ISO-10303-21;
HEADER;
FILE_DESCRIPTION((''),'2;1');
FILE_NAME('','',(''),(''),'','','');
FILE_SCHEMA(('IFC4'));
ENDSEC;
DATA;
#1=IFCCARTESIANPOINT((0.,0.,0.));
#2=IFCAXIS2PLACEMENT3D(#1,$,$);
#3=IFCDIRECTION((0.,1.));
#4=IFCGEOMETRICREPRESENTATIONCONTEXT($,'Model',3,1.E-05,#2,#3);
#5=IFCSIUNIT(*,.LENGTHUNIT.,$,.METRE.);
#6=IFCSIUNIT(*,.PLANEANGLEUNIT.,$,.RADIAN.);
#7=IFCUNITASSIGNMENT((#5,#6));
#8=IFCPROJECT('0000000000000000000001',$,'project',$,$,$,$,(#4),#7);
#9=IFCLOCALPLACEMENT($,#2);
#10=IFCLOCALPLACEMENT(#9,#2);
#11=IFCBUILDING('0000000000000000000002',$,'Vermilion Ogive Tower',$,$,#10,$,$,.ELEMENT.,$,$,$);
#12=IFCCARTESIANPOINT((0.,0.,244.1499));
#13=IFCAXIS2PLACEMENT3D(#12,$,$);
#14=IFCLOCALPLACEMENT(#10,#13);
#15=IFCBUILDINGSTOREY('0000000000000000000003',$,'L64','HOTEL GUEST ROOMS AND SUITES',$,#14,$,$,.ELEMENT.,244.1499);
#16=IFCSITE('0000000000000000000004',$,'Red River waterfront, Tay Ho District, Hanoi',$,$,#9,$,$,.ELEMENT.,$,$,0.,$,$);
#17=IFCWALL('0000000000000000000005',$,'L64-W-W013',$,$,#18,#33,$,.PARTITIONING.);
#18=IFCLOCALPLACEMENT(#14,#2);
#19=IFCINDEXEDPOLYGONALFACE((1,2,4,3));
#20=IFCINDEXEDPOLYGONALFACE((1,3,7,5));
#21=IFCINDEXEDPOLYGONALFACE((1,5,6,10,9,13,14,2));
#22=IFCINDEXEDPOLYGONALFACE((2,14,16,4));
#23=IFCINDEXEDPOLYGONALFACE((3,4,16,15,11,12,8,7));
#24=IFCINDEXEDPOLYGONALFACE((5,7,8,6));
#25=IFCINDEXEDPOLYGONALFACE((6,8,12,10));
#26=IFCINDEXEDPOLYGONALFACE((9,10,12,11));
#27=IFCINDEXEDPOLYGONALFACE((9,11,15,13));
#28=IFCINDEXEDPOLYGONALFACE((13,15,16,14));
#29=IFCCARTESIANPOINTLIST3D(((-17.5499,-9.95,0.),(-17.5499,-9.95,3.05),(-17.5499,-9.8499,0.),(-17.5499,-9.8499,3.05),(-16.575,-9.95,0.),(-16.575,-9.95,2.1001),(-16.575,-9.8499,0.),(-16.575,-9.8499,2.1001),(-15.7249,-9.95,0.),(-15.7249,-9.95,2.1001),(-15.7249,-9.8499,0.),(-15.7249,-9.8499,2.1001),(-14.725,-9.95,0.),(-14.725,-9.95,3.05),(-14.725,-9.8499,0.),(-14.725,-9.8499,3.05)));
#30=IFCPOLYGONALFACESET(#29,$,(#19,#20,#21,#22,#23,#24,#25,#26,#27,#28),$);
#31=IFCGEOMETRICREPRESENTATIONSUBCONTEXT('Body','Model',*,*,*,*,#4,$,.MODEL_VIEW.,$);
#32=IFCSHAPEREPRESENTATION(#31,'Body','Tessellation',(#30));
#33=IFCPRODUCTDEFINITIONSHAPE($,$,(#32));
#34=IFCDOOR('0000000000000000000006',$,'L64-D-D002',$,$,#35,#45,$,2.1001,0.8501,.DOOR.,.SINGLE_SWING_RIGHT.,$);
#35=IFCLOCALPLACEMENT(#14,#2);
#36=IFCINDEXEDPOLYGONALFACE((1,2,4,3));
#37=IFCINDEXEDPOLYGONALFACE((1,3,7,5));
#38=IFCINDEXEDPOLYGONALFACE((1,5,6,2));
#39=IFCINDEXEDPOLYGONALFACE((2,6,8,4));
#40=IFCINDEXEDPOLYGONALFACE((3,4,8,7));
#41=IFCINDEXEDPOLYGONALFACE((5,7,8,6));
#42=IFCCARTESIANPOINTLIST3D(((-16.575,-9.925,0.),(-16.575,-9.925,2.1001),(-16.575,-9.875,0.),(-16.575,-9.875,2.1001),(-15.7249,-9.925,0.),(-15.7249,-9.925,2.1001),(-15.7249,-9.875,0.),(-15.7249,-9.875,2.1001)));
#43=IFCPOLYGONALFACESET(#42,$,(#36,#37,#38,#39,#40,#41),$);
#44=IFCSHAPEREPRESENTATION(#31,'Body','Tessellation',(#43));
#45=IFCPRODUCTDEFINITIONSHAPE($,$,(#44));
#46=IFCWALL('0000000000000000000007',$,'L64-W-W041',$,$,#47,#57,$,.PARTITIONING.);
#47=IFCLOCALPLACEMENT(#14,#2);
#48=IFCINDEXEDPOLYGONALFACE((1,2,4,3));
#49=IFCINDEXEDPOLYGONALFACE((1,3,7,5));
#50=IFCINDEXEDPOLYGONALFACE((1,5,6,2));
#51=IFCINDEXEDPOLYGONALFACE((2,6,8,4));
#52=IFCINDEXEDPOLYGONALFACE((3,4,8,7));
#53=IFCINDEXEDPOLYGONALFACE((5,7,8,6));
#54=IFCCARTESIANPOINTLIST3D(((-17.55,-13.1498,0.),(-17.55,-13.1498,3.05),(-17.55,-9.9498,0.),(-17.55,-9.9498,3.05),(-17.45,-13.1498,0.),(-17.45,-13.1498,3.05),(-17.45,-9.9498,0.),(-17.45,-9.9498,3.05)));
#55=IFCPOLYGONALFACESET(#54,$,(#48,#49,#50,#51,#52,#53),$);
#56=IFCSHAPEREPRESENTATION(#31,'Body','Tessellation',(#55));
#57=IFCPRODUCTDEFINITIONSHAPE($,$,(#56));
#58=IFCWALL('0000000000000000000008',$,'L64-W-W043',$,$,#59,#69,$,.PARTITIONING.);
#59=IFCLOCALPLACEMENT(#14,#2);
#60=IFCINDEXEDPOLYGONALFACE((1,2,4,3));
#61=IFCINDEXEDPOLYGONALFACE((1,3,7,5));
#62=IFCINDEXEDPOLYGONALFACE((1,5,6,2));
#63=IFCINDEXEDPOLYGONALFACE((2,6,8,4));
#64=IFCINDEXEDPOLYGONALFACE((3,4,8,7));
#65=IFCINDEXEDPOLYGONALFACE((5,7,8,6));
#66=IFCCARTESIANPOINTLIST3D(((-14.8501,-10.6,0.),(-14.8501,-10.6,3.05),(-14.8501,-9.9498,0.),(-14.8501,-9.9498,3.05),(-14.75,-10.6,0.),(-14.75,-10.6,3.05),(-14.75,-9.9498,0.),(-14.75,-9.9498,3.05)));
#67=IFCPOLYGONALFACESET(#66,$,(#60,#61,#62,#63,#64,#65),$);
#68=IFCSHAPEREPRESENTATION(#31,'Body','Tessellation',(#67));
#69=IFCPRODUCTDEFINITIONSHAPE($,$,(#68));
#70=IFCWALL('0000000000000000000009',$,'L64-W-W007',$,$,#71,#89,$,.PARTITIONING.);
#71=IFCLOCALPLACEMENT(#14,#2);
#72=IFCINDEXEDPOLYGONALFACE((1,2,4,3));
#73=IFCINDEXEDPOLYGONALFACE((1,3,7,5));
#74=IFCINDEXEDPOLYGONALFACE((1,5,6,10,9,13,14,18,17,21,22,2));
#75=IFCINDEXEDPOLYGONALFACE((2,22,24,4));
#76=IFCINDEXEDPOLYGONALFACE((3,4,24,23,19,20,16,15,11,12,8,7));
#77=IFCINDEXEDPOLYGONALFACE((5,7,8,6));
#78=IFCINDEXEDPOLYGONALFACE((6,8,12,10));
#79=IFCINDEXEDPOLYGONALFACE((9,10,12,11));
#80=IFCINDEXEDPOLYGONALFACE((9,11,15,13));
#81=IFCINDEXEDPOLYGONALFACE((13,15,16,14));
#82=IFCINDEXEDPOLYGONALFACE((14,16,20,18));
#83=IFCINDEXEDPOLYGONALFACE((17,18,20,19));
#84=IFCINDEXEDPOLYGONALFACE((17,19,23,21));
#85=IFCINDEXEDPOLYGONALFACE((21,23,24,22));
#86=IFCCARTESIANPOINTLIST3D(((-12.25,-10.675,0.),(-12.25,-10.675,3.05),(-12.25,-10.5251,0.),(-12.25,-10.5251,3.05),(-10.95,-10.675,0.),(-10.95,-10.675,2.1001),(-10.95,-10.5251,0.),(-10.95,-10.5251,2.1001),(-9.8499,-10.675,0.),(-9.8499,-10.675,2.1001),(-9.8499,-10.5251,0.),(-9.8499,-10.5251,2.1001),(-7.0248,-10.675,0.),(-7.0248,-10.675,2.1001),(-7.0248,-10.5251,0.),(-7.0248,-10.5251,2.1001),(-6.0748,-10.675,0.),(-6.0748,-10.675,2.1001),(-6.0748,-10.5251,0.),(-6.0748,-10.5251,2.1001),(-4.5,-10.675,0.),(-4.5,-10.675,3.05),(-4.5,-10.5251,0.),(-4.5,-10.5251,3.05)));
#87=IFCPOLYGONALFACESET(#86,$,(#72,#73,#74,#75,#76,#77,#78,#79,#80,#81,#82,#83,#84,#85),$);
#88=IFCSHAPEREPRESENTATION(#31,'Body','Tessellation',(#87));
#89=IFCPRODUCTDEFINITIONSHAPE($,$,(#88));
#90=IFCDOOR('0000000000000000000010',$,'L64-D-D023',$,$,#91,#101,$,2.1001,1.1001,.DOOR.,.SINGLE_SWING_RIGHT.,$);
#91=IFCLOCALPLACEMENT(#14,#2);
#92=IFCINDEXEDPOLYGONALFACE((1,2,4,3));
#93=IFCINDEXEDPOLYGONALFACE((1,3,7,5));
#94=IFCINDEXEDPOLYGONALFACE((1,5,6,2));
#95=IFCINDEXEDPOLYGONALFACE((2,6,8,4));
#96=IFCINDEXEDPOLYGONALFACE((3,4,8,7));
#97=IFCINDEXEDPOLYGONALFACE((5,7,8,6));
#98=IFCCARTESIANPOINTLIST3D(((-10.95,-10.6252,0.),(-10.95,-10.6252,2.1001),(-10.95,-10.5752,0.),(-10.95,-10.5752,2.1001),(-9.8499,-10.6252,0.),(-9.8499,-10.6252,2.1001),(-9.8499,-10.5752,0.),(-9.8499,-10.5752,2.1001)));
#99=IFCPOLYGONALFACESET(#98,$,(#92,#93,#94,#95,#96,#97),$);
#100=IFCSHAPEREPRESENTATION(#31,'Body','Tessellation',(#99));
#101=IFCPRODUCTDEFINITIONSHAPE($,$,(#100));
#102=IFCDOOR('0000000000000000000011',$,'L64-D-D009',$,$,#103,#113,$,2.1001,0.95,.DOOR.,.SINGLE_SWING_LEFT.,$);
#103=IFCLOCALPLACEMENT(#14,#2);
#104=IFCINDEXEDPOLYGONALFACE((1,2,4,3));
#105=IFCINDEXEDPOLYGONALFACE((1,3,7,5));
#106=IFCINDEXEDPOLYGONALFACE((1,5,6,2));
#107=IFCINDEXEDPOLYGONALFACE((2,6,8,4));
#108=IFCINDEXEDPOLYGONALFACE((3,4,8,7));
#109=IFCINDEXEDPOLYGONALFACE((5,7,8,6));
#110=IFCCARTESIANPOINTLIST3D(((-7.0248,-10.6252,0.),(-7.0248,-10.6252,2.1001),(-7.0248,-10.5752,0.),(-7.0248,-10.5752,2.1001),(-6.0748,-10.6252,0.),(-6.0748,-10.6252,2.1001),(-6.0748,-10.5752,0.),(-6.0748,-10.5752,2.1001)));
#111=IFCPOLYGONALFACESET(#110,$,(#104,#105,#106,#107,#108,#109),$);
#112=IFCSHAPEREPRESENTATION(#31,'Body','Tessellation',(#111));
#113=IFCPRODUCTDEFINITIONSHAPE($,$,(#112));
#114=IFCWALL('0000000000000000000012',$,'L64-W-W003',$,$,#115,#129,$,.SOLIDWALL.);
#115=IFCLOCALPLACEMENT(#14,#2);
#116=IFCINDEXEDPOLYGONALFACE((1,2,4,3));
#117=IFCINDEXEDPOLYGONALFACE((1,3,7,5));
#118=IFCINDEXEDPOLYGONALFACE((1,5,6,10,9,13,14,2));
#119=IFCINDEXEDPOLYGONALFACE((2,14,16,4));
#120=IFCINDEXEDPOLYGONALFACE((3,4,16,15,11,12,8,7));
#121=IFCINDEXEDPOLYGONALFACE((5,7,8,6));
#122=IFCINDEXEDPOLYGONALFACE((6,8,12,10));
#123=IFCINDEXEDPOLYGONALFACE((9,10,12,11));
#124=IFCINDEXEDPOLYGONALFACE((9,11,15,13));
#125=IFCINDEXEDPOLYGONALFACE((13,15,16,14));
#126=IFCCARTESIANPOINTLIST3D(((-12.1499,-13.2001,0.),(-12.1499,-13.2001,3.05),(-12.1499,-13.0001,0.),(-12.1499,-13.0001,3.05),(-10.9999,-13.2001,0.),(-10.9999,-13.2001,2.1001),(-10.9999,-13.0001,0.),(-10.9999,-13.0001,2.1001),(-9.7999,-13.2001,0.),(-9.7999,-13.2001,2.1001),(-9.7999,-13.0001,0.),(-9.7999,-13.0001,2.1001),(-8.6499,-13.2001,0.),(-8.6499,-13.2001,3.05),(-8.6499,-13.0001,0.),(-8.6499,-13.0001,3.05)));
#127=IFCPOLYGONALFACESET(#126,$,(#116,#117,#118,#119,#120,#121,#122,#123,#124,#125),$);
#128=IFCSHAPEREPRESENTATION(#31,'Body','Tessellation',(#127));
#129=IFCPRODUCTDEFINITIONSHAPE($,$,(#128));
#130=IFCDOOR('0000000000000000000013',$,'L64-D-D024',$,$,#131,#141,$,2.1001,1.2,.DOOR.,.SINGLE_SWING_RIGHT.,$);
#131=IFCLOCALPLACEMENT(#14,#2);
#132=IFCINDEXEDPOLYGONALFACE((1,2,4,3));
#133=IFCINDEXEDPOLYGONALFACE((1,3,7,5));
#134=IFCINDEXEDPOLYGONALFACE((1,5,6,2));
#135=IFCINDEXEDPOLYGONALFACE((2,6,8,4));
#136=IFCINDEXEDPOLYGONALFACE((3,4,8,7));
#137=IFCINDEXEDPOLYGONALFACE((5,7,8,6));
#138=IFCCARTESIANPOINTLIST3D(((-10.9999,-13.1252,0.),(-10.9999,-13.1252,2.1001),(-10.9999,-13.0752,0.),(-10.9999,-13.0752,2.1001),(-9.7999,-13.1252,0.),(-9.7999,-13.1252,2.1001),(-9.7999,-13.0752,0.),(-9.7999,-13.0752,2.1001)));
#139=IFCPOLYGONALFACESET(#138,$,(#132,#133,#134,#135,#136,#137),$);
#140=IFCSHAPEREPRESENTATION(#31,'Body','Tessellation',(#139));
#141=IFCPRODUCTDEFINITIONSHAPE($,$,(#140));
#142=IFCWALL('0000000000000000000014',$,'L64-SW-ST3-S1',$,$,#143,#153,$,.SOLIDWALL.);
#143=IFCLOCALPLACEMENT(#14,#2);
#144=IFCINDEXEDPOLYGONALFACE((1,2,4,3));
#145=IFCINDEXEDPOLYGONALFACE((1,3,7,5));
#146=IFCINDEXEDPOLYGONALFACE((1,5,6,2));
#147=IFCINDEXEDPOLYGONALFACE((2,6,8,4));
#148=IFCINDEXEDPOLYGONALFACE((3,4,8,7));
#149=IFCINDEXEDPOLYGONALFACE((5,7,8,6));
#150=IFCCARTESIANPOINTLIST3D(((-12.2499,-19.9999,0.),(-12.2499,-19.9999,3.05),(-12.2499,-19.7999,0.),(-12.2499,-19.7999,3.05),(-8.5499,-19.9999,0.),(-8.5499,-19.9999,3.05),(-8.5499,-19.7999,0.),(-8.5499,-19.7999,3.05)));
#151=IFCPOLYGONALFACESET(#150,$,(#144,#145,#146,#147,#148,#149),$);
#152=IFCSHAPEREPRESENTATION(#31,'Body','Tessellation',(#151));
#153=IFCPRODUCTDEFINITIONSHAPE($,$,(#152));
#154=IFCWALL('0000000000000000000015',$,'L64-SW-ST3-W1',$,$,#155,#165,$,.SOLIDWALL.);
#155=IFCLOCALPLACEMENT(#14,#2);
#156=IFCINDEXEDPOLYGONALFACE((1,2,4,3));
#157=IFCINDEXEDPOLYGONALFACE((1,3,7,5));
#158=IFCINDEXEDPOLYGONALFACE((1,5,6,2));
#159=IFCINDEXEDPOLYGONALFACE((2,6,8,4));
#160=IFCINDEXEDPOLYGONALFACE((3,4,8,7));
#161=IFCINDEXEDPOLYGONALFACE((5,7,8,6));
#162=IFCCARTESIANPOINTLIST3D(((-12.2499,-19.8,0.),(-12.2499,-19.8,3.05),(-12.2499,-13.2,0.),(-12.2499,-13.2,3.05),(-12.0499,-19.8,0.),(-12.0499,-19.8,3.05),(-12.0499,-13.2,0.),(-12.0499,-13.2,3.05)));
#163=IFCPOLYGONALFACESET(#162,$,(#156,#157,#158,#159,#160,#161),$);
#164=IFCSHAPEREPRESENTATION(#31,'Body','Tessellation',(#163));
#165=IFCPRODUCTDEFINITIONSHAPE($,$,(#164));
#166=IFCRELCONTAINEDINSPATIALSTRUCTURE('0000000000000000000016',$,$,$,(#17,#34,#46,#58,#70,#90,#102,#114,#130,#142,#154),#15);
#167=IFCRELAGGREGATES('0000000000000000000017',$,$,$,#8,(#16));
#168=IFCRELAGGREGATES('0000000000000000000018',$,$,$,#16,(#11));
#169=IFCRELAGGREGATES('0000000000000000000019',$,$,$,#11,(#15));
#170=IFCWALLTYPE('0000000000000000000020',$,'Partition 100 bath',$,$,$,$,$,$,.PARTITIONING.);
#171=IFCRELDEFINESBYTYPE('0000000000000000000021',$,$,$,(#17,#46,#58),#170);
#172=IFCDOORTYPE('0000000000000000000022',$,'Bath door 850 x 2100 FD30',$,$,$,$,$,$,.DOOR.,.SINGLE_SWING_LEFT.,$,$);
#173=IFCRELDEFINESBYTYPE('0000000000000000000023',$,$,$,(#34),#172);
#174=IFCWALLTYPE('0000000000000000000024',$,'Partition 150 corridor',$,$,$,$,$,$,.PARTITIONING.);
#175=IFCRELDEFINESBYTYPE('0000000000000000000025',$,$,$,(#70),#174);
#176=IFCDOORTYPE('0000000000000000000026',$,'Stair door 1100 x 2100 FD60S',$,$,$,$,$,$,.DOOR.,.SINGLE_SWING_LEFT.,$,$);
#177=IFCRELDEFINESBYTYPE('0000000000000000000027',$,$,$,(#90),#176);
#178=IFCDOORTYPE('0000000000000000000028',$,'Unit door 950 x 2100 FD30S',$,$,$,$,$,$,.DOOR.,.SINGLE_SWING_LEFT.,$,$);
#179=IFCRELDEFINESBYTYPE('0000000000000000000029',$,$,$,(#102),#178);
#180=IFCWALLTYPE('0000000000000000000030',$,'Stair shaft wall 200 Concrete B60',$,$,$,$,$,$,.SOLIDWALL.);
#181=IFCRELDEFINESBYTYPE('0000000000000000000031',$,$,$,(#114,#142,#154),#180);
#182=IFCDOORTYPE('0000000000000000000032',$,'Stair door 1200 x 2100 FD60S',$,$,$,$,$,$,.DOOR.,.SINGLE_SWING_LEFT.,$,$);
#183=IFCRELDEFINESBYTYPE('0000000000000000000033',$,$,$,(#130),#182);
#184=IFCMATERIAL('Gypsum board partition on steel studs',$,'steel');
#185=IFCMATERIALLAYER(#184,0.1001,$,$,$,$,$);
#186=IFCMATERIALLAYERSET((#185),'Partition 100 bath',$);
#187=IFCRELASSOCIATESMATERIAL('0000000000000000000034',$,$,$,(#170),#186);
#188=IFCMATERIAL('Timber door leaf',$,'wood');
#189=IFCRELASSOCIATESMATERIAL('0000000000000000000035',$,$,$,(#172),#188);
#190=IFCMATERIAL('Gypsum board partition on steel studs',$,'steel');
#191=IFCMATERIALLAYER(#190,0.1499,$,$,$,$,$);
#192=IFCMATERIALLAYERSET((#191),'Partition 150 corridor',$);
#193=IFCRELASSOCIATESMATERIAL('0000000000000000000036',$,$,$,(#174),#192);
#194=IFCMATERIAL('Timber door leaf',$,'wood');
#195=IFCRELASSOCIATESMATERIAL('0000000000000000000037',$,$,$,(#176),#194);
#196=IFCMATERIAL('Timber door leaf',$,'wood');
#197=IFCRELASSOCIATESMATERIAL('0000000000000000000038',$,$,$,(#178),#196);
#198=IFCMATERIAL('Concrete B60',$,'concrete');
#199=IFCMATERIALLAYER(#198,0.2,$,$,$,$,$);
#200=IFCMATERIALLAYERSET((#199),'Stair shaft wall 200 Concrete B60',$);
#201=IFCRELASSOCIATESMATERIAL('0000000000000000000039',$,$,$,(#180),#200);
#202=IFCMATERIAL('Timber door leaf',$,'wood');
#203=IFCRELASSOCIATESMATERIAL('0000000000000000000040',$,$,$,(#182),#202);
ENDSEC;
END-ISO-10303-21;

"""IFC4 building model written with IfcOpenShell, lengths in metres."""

from ifc_helpers import new_model, si_unit, direction, frame, frame_2d, origin, place, context, subcontext, project, spatial, rectangle, extrude, material, layer, layer_set, type_object, element, fill, save


model = new_model("IFC4")

# Units and contexts
model_context = context("Model", 3, precision=1e-05, world=origin(), true_north=direction((0.0, 1.0)))
body_context = subcontext(model_context, "Body", "Model", "MODEL_VIEW")
ifc_project = project(units=[si_unit("LENGTHUNIT", "METRE"), si_unit("PLANEANGLEUNIT", "RADIAN")], contexts=[model_context])

# Site, building, storey
site_placement = place(None, origin())
site = spatial("IfcSite", under=ifc_project, at=site_placement, Name="Red River waterfront, Tay Ho District, Hanoi", CompositionType="ELEMENT", RefElevation=0.0)
building_placement = place(site_placement, origin())
building = spatial("IfcBuilding", under=site, at=building_placement, Name="Vermilion Ogive Tower", CompositionType="ELEMENT")
storey_placement = place(building_placement, frame((0.0, 0.0, 244.1499)))
storey = spatial("IfcBuildingStorey", under=building, at=storey_placement, Name="L64", Description="HOTEL GUEST ROOMS AND SUITES", CompositionType="ELEMENT", Elevation=244.1499)

# Wall, opening, door
ifc_material_1 = material(Name="Gypsum board partition on steel studs", Category="steel")
ifc_layer_1 = layer(ifc_material_1, 0.1001)
ifc_layer_set_1 = layer_set([ifc_layer_1], Name="Partition 100 bath")
wall_type_1 = type_object("IfcWallType", Name="Partition 100 bath", PredefinedType="PARTITIONING", material=ifc_layer_set_1)
wall_1_placement = place(storey_placement, frame((-17.55, -9.8999, 0.0), z_axis=(0.0, 0.0, 1.0), x_axis=(1.0, 0.0, 0.0)))
wall_1 = element("IfcWall", 1, at=wall_1_placement, inside=storey, type_object=wall_type_1, Name="L64-W-W013", PredefinedType="PARTITIONING", context=body_context, shape_type="SweptSolid", body=[
    extrude(rectangle(XDim=2.825, YDim=0.1001, at=frame_2d((1.4126, 0.0))), origin(), (0.0, 0.0, 1.0), 3.05),
])
opening_1_placement = place(wall_1_placement, frame((0.9751, 0.0, 0.0)))
opening_1 = element("IfcOpeningElement", 2, at=opening_1_placement, cuts=wall_1, PredefinedType="OPENING", context=body_context, shape_type="SweptSolid", body=[
    extrude(rectangle(XDim=0.8501, YDim=2.1001, at=frame_2d((0.425, 1.05))), frame((0.0, 0.0601, 0.0), z_axis=(0.0, -1.0, 0.0), x_axis=(1.0, 0.0, 0.0)), (0.0, 0.0, 1.0), 0.1201),
])
ifc_material_2 = material(Name="Timber door leaf", Category="wood")
door_type_1 = type_object("IfcDoorType", Name="Bath door 850 x 2100 FD30", OperationType="SINGLE_SWING_LEFT", PredefinedType="DOOR", material=ifc_material_2)
door_1_placement = place(opening_1_placement, origin())
door_1 = element("IfcDoor", 3, at=door_1_placement, inside=storey, type_object=door_type_1, Name="L64-D-D002", OperationType="SINGLE_SWING_RIGHT", OverallHeight=2.1001, OverallWidth=0.8501, PredefinedType="DOOR", context=body_context, shape_type="SweptSolid", body=[
    extrude(rectangle(XDim=0.8501, YDim=2.1001, at=frame_2d((0.425, 1.05))), frame((0.0, 0.0249, 0.0), z_axis=(0.0, -1.0, 0.0), x_axis=(1.0, 0.0, 0.0)), (0.0, 0.0, 1.0), 0.05),
])
fill(opening_1, door_1)

# Walls
wall_2_placement = place(storey_placement, frame((-17.5, -13.1499, 0.0), z_axis=(0.0, 0.0, 1.0), x_axis=(0.0, 1.0, 0.0)))
element("IfcWall", 4, at=wall_2_placement, inside=storey, type_object=wall_type_1, Name="L64-W-W041", PredefinedType="PARTITIONING", context=body_context, shape_type="SweptSolid", body=[
    extrude(rectangle(XDim=3.2, YDim=0.1001, at=frame_2d((1.6001, 0.0))), origin(), (0.0, 0.0, 1.0), 3.05),
])
wall_3_placement = place(storey_placement, frame((-14.8, -10.6001, 0.0), z_axis=(0.0, 0.0, 1.0), x_axis=(0.0, 1.0, 0.0)))
element("IfcWall", 5, at=wall_3_placement, inside=storey, type_object=wall_type_1, Name="L64-W-W043", PredefinedType="PARTITIONING", context=body_context, shape_type="SweptSolid", body=[
    extrude(rectangle(XDim=0.6501, YDim=0.1001, at=frame_2d((0.3252, 0.0))), origin(), (0.0, 0.0, 1.0), 3.05),
])

# Wall, openings, doors
ifc_material_3 = material(Name="Gypsum board partition on steel studs", Category="steel")
ifc_layer_2 = layer(ifc_material_3, 0.1499)
ifc_layer_set_2 = layer_set([ifc_layer_2], Name="Partition 150 corridor")
wall_type_2 = type_object("IfcWallType", Name="Partition 150 corridor", PredefinedType="PARTITIONING", material=ifc_layer_set_2)
wall_4_placement = place(storey_placement, frame((-12.25, -10.6001, 0.0), z_axis=(0.0, 0.0, 1.0), x_axis=(1.0, 0.0, 0.0)))
wall_4 = element("IfcWall", 6, at=wall_4_placement, inside=storey, type_object=wall_type_2, Name="L64-W-W007", PredefinedType="PARTITIONING", context=body_context, shape_type="SweptSolid", body=[
    extrude(rectangle(XDim=7.75, YDim=0.1499, at=frame_2d((3.875, 0.0))), origin(), (0.0, 0.0, 1.0), 3.05),
])
opening_2_placement = place(wall_4_placement, frame((5.2251, 0.0, 0.0)))
opening_2 = element("IfcOpeningElement", 7, at=opening_2_placement, cuts=wall_4, PredefinedType="OPENING", context=body_context, shape_type="SweptSolid", body=[
    extrude(rectangle(XDim=0.95, YDim=2.1001, at=frame_2d((0.4751, 1.05))), frame((0.0, 0.085, 0.0), z_axis=(0.0, -1.0, 0.0), x_axis=(1.0, 0.0, 0.0)), (0.0, 0.0, 1.0), 0.1699),
])
opening_3_placement = place(wall_4_placement, frame((1.3, 0.0, 0.0)))
opening_3 = element("IfcOpeningElement", 8, at=opening_3_placement, cuts=wall_4, PredefinedType="OPENING", context=body_context, shape_type="SweptSolid", body=[
    extrude(rectangle(XDim=1.1001, YDim=2.1001, at=frame_2d((0.55, 1.05))), frame((0.0, 0.085, 0.0), z_axis=(0.0, -1.0, 0.0), x_axis=(1.0, 0.0, 0.0)), (0.0, 0.0, 1.0), 0.1699),
])
ifc_material_4 = material(Name="Timber door leaf", Category="wood")
door_type_2 = type_object("IfcDoorType", Name="Stair door 1100 x 2100 FD60S", OperationType="SINGLE_SWING_LEFT", PredefinedType="DOOR", material=ifc_material_4)
door_2_placement = place(opening_3_placement, origin())
door_2 = element("IfcDoor", 9, at=door_2_placement, inside=storey, type_object=door_type_2, Name="L64-D-D023", OperationType="SINGLE_SWING_RIGHT", OverallHeight=2.1001, OverallWidth=1.1001, PredefinedType="DOOR", context=body_context, shape_type="SweptSolid", body=[
    extrude(rectangle(XDim=1.1001, YDim=2.1001, at=frame_2d((0.55, 1.05))), frame((0.0, 0.0249, 0.0), z_axis=(0.0, -1.0, 0.0), x_axis=(1.0, 0.0, 0.0)), (0.0, 0.0, 1.0), 0.05),
])
fill(opening_3, door_2)
ifc_material_5 = material(Name="Timber door leaf", Category="wood")
door_type_3 = type_object("IfcDoorType", Name="Unit door 950 x 2100 FD30S", OperationType="SINGLE_SWING_LEFT", PredefinedType="DOOR", material=ifc_material_5)
door_3_placement = place(opening_2_placement, origin())
door_3 = element("IfcDoor", 10, at=door_3_placement, inside=storey, type_object=door_type_3, Name="L64-D-D009", OperationType="SINGLE_SWING_LEFT", OverallHeight=2.1001, OverallWidth=0.95, PredefinedType="DOOR", context=body_context, shape_type="SweptSolid", body=[
    extrude(rectangle(XDim=0.95, YDim=2.1001, at=frame_2d((0.4751, 1.05))), frame((0.0, 0.0249, 0.0), z_axis=(0.0, -1.0, 0.0), x_axis=(1.0, 0.0, 0.0)), (0.0, 0.0, 1.0), 0.05),
])
fill(opening_2, door_3)

# Wall, opening, door
ifc_material_6 = material(Name="Concrete B60", Category="concrete")
ifc_layer_3 = layer(ifc_material_6, 0.2)
ifc_layer_set_3 = layer_set([ifc_layer_3], Name="Stair shaft wall 200 Concrete B60")
wall_type_3 = type_object("IfcWallType", Name="Stair shaft wall 200 Concrete B60", PredefinedType="SOLIDWALL", material=ifc_layer_set_3)
wall_5_placement = place(storey_placement, frame((-12.1499, -13.1001, 0.0), z_axis=(0.0, 0.0, 1.0), x_axis=(1.0, 0.0, 0.0)))
wall_5 = element("IfcWall", 11, at=wall_5_placement, inside=storey, type_object=wall_type_3, Name="L64-W-W003", PredefinedType="SOLIDWALL", context=body_context, shape_type="SweptSolid", body=[
    extrude(rectangle(XDim=3.5, YDim=0.2, at=frame_2d((1.75, 0.0))), origin(), (0.0, 0.0, 1.0), 3.05),
])
opening_4_placement = place(wall_5_placement, frame((1.1499, 0.0, 0.0)))
opening_4 = element("IfcOpeningElement", 12, at=opening_4_placement, cuts=wall_5, PredefinedType="OPENING", context=body_context, shape_type="SweptSolid", body=[
    extrude(rectangle(XDim=1.2, YDim=2.1001, at=frame_2d((0.6001, 1.05))), frame((0.0, 0.1099, 0.0), z_axis=(0.0, -1.0, 0.0), x_axis=(1.0, 0.0, 0.0)), (0.0, 0.0, 1.0), 0.22),
])
ifc_material_7 = material(Name="Timber door leaf", Category="wood")
door_type_4 = type_object("IfcDoorType", Name="Stair door 1200 x 2100 FD60S", OperationType="SINGLE_SWING_LEFT", PredefinedType="DOOR", material=ifc_material_7)
door_4_placement = place(opening_4_placement, origin())
door_4 = element("IfcDoor", 13, at=door_4_placement, inside=storey, type_object=door_type_4, Name="L64-D-D024", OperationType="SINGLE_SWING_RIGHT", OverallHeight=2.1001, OverallWidth=1.2, PredefinedType="DOOR", context=body_context, shape_type="SweptSolid", body=[
    extrude(rectangle(XDim=1.2, YDim=2.1001, at=frame_2d((0.6001, 1.05))), frame((0.0, 0.0249, 0.0), z_axis=(0.0, -1.0, 0.0), x_axis=(1.0, 0.0, 0.0)), (0.0, 0.0, 1.0), 0.05),
])
fill(opening_4, door_4)

# Walls
wall_6_placement = place(storey_placement, frame((-12.25, -19.8999, 0.0), z_axis=(0.0, 0.0, 1.0), x_axis=(1.0, 0.0, 0.0)))
element("IfcWall", 14, at=wall_6_placement, inside=storey, type_object=wall_type_3, Name="L64-SW-ST3-S1", PredefinedType="SOLIDWALL", context=body_context, shape_type="SweptSolid", body=[
    extrude(rectangle(XDim=3.7, YDim=0.2, at=frame_2d((1.8501, 0.0))), origin(), (0.0, 0.0, 1.0), 3.05),
])
wall_7_placement = place(storey_placement, frame((-12.1499, -19.8, 0.0), z_axis=(0.0, 0.0, 1.0), x_axis=(0.0, 1.0, 0.0)))
element("IfcWall", 15, at=wall_7_placement, inside=storey, type_object=wall_type_3, Name="L64-SW-ST3-W1", PredefinedType="SOLIDWALL", context=body_context, shape_type="SweptSolid", body=[
    extrude(rectangle(XDim=6.6001, YDim=0.2, at=frame_2d((3.3, 0.0))), origin(), (0.0, 0.0, 1.0), 3.05),
])

save(model, "model.ifc")
